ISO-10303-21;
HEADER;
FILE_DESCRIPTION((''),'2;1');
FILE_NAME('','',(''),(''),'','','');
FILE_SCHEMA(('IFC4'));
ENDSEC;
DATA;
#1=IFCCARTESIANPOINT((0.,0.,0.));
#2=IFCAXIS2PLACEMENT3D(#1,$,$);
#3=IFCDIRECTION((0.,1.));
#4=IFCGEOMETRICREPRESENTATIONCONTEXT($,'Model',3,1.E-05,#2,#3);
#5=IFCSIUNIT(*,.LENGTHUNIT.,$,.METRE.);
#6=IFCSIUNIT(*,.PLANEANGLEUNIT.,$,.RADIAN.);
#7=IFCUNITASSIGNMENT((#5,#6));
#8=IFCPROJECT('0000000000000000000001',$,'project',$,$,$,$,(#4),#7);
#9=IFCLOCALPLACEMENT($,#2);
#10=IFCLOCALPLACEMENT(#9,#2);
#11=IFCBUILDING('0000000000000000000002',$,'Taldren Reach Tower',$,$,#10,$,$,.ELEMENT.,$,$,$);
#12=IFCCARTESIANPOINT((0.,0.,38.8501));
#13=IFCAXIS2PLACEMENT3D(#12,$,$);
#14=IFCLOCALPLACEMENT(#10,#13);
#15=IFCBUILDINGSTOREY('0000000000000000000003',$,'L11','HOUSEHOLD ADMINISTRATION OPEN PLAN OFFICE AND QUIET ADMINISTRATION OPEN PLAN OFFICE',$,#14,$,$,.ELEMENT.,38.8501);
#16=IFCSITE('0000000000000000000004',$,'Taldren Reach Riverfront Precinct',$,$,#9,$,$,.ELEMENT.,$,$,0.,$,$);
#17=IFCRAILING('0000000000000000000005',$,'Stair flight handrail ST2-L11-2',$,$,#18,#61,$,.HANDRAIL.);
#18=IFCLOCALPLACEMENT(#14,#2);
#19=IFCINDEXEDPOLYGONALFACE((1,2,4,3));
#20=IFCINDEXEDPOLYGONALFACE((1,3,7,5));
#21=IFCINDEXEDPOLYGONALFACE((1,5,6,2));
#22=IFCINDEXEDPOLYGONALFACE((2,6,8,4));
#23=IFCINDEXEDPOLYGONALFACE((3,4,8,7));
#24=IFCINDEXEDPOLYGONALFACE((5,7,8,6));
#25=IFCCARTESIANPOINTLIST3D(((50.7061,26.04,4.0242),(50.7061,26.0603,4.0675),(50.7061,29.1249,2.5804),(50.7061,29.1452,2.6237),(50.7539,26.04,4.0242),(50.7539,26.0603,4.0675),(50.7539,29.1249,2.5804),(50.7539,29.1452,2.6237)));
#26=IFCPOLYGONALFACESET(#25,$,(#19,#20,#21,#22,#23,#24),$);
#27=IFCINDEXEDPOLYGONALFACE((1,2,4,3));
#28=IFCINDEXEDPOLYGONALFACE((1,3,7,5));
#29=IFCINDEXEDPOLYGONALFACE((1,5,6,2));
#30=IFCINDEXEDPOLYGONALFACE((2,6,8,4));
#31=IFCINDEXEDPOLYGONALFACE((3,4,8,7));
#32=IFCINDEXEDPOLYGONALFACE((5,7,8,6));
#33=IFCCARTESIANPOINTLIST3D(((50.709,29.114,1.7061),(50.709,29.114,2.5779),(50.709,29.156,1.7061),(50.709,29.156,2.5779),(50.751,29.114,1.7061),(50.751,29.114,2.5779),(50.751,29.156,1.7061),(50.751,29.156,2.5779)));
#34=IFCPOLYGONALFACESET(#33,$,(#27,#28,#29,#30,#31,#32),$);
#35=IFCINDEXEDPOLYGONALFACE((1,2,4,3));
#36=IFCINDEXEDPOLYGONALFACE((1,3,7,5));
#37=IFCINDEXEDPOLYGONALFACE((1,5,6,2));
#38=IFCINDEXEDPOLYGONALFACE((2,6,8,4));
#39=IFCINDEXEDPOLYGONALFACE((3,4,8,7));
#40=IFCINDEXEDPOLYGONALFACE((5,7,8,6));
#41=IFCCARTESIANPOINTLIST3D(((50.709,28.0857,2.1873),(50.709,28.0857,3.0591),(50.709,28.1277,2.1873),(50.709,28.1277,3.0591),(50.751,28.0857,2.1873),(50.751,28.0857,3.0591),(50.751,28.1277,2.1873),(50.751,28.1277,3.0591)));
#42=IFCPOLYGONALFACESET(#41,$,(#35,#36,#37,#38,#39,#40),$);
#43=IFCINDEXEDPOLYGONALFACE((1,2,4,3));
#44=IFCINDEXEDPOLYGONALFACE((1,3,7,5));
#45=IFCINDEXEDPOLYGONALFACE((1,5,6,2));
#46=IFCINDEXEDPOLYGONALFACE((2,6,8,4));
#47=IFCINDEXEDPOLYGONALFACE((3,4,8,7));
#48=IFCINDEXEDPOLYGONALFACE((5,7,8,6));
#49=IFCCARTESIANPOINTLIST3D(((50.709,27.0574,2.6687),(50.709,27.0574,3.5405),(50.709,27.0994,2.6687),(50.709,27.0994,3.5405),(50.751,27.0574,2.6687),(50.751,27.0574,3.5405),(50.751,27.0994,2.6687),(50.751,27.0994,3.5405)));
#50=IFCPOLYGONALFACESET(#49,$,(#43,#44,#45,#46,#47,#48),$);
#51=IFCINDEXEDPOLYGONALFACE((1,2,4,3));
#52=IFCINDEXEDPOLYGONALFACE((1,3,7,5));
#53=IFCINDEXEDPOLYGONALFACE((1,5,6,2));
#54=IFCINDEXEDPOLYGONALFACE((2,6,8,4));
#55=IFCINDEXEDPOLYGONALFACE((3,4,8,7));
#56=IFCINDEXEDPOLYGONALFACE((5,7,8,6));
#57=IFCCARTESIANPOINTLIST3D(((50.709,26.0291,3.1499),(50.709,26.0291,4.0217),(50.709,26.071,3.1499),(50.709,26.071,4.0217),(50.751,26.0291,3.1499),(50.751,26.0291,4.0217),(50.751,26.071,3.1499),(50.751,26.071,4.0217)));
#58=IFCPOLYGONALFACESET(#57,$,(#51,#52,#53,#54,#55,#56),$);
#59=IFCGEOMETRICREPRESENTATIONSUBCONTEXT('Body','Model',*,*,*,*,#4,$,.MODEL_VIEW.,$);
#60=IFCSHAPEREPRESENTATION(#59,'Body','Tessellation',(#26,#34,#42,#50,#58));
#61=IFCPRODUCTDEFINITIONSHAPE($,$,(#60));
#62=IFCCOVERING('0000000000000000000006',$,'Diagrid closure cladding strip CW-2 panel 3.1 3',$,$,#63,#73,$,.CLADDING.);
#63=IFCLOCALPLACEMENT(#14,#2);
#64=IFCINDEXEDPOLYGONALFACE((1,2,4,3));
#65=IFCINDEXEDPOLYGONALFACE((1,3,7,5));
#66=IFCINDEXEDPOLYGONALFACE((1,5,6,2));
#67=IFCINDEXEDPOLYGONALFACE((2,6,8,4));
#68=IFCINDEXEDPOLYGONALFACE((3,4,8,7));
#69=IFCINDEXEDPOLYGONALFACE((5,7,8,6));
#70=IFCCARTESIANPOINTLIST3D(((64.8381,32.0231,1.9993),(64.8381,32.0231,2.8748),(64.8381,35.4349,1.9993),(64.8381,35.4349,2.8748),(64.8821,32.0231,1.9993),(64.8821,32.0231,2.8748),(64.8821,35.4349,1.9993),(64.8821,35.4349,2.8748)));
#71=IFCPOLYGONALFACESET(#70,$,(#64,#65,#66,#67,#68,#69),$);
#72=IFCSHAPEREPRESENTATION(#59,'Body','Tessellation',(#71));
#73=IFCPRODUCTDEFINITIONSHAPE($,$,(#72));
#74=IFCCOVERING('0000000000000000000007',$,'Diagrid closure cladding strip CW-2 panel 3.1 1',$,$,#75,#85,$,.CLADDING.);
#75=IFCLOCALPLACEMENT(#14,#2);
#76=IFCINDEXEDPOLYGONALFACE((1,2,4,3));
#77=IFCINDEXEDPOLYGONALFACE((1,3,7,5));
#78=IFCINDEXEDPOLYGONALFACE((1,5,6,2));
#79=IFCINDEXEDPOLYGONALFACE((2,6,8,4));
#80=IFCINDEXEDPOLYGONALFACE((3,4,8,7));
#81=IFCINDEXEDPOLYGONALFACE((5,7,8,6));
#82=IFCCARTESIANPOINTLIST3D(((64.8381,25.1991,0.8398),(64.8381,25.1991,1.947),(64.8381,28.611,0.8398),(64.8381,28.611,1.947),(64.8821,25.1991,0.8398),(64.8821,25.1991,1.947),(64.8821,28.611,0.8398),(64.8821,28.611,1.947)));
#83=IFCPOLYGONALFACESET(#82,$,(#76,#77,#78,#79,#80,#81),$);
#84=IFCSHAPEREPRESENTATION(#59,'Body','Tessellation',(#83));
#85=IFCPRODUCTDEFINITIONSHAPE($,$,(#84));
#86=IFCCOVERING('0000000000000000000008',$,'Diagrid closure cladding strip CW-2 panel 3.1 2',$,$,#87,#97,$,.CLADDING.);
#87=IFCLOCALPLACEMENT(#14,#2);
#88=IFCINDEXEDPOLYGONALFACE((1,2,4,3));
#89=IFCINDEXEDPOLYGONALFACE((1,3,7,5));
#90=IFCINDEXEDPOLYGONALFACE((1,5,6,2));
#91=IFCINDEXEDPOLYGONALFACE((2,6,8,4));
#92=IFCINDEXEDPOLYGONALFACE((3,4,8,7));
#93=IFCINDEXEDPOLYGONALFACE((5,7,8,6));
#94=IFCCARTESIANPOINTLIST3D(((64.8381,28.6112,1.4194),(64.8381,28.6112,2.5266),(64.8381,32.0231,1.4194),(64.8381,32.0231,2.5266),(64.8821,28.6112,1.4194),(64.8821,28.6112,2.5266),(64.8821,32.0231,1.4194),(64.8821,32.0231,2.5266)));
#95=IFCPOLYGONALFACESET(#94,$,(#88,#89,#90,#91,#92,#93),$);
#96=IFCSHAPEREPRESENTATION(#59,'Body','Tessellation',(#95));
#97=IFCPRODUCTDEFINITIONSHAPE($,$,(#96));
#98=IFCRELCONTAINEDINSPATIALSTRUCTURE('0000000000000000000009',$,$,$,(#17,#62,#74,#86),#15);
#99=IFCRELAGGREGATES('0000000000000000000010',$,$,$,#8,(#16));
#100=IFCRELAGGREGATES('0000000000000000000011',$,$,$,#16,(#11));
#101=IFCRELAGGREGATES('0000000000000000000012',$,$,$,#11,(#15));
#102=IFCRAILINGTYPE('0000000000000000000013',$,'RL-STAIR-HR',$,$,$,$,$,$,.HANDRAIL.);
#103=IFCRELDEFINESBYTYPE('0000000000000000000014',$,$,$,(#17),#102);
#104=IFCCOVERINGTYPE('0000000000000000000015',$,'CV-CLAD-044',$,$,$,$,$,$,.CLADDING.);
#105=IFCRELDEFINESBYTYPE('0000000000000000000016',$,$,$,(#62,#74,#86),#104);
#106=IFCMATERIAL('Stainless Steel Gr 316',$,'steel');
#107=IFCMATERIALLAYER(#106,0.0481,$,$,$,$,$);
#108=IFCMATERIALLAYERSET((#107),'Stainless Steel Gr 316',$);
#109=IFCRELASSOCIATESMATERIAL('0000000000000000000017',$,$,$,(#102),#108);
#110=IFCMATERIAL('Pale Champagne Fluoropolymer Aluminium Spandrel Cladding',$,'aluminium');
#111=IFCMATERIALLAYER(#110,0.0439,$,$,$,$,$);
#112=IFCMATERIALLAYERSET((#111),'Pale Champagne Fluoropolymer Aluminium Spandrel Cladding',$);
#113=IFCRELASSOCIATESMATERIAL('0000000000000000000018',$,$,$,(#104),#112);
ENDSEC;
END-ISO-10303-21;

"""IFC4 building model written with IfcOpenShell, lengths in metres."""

from ifc_helpers import new_model, si_unit, direction, frame, origin, origin_2d, place, context, subcontext, project, spatial, rectangle, extrude, source, transform, mapped, material, layer, layer_set, type_object, element, save


model = new_model("IFC4")

# Units and contexts
model_context = context("Model", 3, precision=1e-05, world=origin(), true_north=direction((0.0, 1.0)))
body_context = subcontext(model_context, "Body", "Model", "MODEL_VIEW")
ifc_project = project(units=[si_unit("LENGTHUNIT", "METRE"), si_unit("PLANEANGLEUNIT", "RADIAN")], contexts=[model_context])

# Site, building, storey
site_placement = place(None, origin())
site = spatial("IfcSite", under=ifc_project, at=site_placement, Name="Taldren Reach Riverfront Precinct", CompositionType="ELEMENT", RefElevation=0.0)
building_placement = place(site_placement, origin())
building = spatial("IfcBuilding", under=site, at=building_placement, Name="Taldren Reach Tower", CompositionType="ELEMENT")
storey_placement = place(building_placement, frame((0.0, 0.0, 38.8501)))
storey = spatial("IfcBuildingStorey", under=building, at=storey_placement, Name="L11", Description="HOUSEHOLD ADMINISTRATION OPEN PLAN OFFICE AND QUIET ADMINISTRATION OPEN PLAN OFFICE", CompositionType="ELEMENT", Elevation=38.8501)

# Railing
ifc_material_1 = material(Name="Stainless Steel Gr 316", Category="steel")
ifc_layer_1 = layer(ifc_material_1, 0.0481)
ifc_layer_set_1 = layer_set([ifc_layer_1], Name="Stainless Steel Gr 316")
railing_type = type_object("IfcRailingType", Name="RL-STAIR-HR", PredefinedType="HANDRAIL", material=ifc_layer_set_1)
railing_placement = place(storey_placement, frame((50.73, 29.135, 1.7061)))
element("IfcRailing", 1, at=railing_placement, inside=storey, type_object=railing_type, Name="Stair flight handrail ST2-L11-2", PredefinedType="HANDRAIL", context=body_context, shape_type="SweptSolid", body=[
    extrude(rectangle(XDim=0.0479, YDim=0.0479, at=origin_2d()), frame((0.0, 0.0, 0.896), z_axis=(0.0, -0.90571, 0.423898), x_axis=(1.0, 0.0, 0.0)), (0.0, 0.0, 1.0), 3.406),
    extrude(rectangle(XDim=0.042, YDim=0.042, at=origin_2d()), origin(), (0.0, 0.0, 1.0), 0.8718),
    extrude(rectangle(XDim=0.042, YDim=0.042, at=origin_2d()), frame((0.0, -1.0283, 0.4812)), (0.0, 0.0, 1.0), 0.8718),
    extrude(rectangle(XDim=0.042, YDim=0.042, at=origin_2d()), frame((0.0, -2.0566, 0.9626)), (0.0, 0.0, 1.0), 0.8718),
    extrude(rectangle(XDim=0.042, YDim=0.042, at=origin_2d()), frame((0.0, -3.085, 1.4438)), (0.0, 0.0, 1.0), 0.8718),
])

# Coverings
ifc_material_2 = material(Name="Pale Champagne Fluoropolymer Aluminium Spandrel Cladding", Category="aluminium")
ifc_layer_2 = layer(ifc_material_2, 0.0439)
ifc_layer_set_2 = layer_set([ifc_layer_2], Name="Pale Champagne Fluoropolymer Aluminium Spandrel Cladding")
covering_type = type_object("IfcCoveringType", Name="CV-CLAD-044", PredefinedType="CLADDING", material=ifc_layer_set_2)
shared_shape_1 = source(origin(), body_context, "Body", "SweptSolid", [
    extrude(rectangle(XDim=3.4119, YDim=0.0439, at=origin_2d()), origin(), (0.0, 0.0, 1.0), 0.8755),
])
covering_placement = place(storey_placement, frame((64.8601, 33.729, 1.9993), z_axis=(0.0, 0.0, 1.0), x_axis=(0.0, 1.0, 0.0)))
element("IfcCovering", 2, at=covering_placement, inside=storey, type_object=covering_type, Name="Diagrid closure cladding strip CW-2 panel 3.1 3", PredefinedType="CLADDING", context=body_context, shape_type="MappedRepresentation", body=[
    mapped(shared_shape_1, transform((0.0, 0.0, 0.0), scale=1.0)),
])
shared_shape_2 = source(origin(), body_context, "Body", "SweptSolid", [
    extrude(rectangle(XDim=3.4119, YDim=0.0439, at=origin_2d()), origin(), (0.0, 0.0, 1.0), 1.1072),
])
for number, where, z_axis, x_axis, name in (
    (3, (64.8601, 26.905, 0.8398), (0.0, 0.0, 1.0), (0.0, 1.0, 0.0), "Diagrid closure cladding strip CW-2 panel 3.1 1"),
    (4, (64.8601, 30.3171, 1.4194), (0.0, 0.0, 1.0), (0.0, 1.0, 0.0), "Diagrid closure cladding strip CW-2 panel 3.1 2"),
):
    element("IfcCovering", number, at=place(storey_placement, frame(where, z_axis=z_axis, x_axis=x_axis)), inside=storey, type_object=covering_type, Name=name, PredefinedType="CLADDING", context=body_context, shape_type="MappedRepresentation", body=[
        mapped(shared_shape_2, transform((0.0, 0.0, 0.0), scale=1.0)),
    ])

save(model, "model.ifc")
